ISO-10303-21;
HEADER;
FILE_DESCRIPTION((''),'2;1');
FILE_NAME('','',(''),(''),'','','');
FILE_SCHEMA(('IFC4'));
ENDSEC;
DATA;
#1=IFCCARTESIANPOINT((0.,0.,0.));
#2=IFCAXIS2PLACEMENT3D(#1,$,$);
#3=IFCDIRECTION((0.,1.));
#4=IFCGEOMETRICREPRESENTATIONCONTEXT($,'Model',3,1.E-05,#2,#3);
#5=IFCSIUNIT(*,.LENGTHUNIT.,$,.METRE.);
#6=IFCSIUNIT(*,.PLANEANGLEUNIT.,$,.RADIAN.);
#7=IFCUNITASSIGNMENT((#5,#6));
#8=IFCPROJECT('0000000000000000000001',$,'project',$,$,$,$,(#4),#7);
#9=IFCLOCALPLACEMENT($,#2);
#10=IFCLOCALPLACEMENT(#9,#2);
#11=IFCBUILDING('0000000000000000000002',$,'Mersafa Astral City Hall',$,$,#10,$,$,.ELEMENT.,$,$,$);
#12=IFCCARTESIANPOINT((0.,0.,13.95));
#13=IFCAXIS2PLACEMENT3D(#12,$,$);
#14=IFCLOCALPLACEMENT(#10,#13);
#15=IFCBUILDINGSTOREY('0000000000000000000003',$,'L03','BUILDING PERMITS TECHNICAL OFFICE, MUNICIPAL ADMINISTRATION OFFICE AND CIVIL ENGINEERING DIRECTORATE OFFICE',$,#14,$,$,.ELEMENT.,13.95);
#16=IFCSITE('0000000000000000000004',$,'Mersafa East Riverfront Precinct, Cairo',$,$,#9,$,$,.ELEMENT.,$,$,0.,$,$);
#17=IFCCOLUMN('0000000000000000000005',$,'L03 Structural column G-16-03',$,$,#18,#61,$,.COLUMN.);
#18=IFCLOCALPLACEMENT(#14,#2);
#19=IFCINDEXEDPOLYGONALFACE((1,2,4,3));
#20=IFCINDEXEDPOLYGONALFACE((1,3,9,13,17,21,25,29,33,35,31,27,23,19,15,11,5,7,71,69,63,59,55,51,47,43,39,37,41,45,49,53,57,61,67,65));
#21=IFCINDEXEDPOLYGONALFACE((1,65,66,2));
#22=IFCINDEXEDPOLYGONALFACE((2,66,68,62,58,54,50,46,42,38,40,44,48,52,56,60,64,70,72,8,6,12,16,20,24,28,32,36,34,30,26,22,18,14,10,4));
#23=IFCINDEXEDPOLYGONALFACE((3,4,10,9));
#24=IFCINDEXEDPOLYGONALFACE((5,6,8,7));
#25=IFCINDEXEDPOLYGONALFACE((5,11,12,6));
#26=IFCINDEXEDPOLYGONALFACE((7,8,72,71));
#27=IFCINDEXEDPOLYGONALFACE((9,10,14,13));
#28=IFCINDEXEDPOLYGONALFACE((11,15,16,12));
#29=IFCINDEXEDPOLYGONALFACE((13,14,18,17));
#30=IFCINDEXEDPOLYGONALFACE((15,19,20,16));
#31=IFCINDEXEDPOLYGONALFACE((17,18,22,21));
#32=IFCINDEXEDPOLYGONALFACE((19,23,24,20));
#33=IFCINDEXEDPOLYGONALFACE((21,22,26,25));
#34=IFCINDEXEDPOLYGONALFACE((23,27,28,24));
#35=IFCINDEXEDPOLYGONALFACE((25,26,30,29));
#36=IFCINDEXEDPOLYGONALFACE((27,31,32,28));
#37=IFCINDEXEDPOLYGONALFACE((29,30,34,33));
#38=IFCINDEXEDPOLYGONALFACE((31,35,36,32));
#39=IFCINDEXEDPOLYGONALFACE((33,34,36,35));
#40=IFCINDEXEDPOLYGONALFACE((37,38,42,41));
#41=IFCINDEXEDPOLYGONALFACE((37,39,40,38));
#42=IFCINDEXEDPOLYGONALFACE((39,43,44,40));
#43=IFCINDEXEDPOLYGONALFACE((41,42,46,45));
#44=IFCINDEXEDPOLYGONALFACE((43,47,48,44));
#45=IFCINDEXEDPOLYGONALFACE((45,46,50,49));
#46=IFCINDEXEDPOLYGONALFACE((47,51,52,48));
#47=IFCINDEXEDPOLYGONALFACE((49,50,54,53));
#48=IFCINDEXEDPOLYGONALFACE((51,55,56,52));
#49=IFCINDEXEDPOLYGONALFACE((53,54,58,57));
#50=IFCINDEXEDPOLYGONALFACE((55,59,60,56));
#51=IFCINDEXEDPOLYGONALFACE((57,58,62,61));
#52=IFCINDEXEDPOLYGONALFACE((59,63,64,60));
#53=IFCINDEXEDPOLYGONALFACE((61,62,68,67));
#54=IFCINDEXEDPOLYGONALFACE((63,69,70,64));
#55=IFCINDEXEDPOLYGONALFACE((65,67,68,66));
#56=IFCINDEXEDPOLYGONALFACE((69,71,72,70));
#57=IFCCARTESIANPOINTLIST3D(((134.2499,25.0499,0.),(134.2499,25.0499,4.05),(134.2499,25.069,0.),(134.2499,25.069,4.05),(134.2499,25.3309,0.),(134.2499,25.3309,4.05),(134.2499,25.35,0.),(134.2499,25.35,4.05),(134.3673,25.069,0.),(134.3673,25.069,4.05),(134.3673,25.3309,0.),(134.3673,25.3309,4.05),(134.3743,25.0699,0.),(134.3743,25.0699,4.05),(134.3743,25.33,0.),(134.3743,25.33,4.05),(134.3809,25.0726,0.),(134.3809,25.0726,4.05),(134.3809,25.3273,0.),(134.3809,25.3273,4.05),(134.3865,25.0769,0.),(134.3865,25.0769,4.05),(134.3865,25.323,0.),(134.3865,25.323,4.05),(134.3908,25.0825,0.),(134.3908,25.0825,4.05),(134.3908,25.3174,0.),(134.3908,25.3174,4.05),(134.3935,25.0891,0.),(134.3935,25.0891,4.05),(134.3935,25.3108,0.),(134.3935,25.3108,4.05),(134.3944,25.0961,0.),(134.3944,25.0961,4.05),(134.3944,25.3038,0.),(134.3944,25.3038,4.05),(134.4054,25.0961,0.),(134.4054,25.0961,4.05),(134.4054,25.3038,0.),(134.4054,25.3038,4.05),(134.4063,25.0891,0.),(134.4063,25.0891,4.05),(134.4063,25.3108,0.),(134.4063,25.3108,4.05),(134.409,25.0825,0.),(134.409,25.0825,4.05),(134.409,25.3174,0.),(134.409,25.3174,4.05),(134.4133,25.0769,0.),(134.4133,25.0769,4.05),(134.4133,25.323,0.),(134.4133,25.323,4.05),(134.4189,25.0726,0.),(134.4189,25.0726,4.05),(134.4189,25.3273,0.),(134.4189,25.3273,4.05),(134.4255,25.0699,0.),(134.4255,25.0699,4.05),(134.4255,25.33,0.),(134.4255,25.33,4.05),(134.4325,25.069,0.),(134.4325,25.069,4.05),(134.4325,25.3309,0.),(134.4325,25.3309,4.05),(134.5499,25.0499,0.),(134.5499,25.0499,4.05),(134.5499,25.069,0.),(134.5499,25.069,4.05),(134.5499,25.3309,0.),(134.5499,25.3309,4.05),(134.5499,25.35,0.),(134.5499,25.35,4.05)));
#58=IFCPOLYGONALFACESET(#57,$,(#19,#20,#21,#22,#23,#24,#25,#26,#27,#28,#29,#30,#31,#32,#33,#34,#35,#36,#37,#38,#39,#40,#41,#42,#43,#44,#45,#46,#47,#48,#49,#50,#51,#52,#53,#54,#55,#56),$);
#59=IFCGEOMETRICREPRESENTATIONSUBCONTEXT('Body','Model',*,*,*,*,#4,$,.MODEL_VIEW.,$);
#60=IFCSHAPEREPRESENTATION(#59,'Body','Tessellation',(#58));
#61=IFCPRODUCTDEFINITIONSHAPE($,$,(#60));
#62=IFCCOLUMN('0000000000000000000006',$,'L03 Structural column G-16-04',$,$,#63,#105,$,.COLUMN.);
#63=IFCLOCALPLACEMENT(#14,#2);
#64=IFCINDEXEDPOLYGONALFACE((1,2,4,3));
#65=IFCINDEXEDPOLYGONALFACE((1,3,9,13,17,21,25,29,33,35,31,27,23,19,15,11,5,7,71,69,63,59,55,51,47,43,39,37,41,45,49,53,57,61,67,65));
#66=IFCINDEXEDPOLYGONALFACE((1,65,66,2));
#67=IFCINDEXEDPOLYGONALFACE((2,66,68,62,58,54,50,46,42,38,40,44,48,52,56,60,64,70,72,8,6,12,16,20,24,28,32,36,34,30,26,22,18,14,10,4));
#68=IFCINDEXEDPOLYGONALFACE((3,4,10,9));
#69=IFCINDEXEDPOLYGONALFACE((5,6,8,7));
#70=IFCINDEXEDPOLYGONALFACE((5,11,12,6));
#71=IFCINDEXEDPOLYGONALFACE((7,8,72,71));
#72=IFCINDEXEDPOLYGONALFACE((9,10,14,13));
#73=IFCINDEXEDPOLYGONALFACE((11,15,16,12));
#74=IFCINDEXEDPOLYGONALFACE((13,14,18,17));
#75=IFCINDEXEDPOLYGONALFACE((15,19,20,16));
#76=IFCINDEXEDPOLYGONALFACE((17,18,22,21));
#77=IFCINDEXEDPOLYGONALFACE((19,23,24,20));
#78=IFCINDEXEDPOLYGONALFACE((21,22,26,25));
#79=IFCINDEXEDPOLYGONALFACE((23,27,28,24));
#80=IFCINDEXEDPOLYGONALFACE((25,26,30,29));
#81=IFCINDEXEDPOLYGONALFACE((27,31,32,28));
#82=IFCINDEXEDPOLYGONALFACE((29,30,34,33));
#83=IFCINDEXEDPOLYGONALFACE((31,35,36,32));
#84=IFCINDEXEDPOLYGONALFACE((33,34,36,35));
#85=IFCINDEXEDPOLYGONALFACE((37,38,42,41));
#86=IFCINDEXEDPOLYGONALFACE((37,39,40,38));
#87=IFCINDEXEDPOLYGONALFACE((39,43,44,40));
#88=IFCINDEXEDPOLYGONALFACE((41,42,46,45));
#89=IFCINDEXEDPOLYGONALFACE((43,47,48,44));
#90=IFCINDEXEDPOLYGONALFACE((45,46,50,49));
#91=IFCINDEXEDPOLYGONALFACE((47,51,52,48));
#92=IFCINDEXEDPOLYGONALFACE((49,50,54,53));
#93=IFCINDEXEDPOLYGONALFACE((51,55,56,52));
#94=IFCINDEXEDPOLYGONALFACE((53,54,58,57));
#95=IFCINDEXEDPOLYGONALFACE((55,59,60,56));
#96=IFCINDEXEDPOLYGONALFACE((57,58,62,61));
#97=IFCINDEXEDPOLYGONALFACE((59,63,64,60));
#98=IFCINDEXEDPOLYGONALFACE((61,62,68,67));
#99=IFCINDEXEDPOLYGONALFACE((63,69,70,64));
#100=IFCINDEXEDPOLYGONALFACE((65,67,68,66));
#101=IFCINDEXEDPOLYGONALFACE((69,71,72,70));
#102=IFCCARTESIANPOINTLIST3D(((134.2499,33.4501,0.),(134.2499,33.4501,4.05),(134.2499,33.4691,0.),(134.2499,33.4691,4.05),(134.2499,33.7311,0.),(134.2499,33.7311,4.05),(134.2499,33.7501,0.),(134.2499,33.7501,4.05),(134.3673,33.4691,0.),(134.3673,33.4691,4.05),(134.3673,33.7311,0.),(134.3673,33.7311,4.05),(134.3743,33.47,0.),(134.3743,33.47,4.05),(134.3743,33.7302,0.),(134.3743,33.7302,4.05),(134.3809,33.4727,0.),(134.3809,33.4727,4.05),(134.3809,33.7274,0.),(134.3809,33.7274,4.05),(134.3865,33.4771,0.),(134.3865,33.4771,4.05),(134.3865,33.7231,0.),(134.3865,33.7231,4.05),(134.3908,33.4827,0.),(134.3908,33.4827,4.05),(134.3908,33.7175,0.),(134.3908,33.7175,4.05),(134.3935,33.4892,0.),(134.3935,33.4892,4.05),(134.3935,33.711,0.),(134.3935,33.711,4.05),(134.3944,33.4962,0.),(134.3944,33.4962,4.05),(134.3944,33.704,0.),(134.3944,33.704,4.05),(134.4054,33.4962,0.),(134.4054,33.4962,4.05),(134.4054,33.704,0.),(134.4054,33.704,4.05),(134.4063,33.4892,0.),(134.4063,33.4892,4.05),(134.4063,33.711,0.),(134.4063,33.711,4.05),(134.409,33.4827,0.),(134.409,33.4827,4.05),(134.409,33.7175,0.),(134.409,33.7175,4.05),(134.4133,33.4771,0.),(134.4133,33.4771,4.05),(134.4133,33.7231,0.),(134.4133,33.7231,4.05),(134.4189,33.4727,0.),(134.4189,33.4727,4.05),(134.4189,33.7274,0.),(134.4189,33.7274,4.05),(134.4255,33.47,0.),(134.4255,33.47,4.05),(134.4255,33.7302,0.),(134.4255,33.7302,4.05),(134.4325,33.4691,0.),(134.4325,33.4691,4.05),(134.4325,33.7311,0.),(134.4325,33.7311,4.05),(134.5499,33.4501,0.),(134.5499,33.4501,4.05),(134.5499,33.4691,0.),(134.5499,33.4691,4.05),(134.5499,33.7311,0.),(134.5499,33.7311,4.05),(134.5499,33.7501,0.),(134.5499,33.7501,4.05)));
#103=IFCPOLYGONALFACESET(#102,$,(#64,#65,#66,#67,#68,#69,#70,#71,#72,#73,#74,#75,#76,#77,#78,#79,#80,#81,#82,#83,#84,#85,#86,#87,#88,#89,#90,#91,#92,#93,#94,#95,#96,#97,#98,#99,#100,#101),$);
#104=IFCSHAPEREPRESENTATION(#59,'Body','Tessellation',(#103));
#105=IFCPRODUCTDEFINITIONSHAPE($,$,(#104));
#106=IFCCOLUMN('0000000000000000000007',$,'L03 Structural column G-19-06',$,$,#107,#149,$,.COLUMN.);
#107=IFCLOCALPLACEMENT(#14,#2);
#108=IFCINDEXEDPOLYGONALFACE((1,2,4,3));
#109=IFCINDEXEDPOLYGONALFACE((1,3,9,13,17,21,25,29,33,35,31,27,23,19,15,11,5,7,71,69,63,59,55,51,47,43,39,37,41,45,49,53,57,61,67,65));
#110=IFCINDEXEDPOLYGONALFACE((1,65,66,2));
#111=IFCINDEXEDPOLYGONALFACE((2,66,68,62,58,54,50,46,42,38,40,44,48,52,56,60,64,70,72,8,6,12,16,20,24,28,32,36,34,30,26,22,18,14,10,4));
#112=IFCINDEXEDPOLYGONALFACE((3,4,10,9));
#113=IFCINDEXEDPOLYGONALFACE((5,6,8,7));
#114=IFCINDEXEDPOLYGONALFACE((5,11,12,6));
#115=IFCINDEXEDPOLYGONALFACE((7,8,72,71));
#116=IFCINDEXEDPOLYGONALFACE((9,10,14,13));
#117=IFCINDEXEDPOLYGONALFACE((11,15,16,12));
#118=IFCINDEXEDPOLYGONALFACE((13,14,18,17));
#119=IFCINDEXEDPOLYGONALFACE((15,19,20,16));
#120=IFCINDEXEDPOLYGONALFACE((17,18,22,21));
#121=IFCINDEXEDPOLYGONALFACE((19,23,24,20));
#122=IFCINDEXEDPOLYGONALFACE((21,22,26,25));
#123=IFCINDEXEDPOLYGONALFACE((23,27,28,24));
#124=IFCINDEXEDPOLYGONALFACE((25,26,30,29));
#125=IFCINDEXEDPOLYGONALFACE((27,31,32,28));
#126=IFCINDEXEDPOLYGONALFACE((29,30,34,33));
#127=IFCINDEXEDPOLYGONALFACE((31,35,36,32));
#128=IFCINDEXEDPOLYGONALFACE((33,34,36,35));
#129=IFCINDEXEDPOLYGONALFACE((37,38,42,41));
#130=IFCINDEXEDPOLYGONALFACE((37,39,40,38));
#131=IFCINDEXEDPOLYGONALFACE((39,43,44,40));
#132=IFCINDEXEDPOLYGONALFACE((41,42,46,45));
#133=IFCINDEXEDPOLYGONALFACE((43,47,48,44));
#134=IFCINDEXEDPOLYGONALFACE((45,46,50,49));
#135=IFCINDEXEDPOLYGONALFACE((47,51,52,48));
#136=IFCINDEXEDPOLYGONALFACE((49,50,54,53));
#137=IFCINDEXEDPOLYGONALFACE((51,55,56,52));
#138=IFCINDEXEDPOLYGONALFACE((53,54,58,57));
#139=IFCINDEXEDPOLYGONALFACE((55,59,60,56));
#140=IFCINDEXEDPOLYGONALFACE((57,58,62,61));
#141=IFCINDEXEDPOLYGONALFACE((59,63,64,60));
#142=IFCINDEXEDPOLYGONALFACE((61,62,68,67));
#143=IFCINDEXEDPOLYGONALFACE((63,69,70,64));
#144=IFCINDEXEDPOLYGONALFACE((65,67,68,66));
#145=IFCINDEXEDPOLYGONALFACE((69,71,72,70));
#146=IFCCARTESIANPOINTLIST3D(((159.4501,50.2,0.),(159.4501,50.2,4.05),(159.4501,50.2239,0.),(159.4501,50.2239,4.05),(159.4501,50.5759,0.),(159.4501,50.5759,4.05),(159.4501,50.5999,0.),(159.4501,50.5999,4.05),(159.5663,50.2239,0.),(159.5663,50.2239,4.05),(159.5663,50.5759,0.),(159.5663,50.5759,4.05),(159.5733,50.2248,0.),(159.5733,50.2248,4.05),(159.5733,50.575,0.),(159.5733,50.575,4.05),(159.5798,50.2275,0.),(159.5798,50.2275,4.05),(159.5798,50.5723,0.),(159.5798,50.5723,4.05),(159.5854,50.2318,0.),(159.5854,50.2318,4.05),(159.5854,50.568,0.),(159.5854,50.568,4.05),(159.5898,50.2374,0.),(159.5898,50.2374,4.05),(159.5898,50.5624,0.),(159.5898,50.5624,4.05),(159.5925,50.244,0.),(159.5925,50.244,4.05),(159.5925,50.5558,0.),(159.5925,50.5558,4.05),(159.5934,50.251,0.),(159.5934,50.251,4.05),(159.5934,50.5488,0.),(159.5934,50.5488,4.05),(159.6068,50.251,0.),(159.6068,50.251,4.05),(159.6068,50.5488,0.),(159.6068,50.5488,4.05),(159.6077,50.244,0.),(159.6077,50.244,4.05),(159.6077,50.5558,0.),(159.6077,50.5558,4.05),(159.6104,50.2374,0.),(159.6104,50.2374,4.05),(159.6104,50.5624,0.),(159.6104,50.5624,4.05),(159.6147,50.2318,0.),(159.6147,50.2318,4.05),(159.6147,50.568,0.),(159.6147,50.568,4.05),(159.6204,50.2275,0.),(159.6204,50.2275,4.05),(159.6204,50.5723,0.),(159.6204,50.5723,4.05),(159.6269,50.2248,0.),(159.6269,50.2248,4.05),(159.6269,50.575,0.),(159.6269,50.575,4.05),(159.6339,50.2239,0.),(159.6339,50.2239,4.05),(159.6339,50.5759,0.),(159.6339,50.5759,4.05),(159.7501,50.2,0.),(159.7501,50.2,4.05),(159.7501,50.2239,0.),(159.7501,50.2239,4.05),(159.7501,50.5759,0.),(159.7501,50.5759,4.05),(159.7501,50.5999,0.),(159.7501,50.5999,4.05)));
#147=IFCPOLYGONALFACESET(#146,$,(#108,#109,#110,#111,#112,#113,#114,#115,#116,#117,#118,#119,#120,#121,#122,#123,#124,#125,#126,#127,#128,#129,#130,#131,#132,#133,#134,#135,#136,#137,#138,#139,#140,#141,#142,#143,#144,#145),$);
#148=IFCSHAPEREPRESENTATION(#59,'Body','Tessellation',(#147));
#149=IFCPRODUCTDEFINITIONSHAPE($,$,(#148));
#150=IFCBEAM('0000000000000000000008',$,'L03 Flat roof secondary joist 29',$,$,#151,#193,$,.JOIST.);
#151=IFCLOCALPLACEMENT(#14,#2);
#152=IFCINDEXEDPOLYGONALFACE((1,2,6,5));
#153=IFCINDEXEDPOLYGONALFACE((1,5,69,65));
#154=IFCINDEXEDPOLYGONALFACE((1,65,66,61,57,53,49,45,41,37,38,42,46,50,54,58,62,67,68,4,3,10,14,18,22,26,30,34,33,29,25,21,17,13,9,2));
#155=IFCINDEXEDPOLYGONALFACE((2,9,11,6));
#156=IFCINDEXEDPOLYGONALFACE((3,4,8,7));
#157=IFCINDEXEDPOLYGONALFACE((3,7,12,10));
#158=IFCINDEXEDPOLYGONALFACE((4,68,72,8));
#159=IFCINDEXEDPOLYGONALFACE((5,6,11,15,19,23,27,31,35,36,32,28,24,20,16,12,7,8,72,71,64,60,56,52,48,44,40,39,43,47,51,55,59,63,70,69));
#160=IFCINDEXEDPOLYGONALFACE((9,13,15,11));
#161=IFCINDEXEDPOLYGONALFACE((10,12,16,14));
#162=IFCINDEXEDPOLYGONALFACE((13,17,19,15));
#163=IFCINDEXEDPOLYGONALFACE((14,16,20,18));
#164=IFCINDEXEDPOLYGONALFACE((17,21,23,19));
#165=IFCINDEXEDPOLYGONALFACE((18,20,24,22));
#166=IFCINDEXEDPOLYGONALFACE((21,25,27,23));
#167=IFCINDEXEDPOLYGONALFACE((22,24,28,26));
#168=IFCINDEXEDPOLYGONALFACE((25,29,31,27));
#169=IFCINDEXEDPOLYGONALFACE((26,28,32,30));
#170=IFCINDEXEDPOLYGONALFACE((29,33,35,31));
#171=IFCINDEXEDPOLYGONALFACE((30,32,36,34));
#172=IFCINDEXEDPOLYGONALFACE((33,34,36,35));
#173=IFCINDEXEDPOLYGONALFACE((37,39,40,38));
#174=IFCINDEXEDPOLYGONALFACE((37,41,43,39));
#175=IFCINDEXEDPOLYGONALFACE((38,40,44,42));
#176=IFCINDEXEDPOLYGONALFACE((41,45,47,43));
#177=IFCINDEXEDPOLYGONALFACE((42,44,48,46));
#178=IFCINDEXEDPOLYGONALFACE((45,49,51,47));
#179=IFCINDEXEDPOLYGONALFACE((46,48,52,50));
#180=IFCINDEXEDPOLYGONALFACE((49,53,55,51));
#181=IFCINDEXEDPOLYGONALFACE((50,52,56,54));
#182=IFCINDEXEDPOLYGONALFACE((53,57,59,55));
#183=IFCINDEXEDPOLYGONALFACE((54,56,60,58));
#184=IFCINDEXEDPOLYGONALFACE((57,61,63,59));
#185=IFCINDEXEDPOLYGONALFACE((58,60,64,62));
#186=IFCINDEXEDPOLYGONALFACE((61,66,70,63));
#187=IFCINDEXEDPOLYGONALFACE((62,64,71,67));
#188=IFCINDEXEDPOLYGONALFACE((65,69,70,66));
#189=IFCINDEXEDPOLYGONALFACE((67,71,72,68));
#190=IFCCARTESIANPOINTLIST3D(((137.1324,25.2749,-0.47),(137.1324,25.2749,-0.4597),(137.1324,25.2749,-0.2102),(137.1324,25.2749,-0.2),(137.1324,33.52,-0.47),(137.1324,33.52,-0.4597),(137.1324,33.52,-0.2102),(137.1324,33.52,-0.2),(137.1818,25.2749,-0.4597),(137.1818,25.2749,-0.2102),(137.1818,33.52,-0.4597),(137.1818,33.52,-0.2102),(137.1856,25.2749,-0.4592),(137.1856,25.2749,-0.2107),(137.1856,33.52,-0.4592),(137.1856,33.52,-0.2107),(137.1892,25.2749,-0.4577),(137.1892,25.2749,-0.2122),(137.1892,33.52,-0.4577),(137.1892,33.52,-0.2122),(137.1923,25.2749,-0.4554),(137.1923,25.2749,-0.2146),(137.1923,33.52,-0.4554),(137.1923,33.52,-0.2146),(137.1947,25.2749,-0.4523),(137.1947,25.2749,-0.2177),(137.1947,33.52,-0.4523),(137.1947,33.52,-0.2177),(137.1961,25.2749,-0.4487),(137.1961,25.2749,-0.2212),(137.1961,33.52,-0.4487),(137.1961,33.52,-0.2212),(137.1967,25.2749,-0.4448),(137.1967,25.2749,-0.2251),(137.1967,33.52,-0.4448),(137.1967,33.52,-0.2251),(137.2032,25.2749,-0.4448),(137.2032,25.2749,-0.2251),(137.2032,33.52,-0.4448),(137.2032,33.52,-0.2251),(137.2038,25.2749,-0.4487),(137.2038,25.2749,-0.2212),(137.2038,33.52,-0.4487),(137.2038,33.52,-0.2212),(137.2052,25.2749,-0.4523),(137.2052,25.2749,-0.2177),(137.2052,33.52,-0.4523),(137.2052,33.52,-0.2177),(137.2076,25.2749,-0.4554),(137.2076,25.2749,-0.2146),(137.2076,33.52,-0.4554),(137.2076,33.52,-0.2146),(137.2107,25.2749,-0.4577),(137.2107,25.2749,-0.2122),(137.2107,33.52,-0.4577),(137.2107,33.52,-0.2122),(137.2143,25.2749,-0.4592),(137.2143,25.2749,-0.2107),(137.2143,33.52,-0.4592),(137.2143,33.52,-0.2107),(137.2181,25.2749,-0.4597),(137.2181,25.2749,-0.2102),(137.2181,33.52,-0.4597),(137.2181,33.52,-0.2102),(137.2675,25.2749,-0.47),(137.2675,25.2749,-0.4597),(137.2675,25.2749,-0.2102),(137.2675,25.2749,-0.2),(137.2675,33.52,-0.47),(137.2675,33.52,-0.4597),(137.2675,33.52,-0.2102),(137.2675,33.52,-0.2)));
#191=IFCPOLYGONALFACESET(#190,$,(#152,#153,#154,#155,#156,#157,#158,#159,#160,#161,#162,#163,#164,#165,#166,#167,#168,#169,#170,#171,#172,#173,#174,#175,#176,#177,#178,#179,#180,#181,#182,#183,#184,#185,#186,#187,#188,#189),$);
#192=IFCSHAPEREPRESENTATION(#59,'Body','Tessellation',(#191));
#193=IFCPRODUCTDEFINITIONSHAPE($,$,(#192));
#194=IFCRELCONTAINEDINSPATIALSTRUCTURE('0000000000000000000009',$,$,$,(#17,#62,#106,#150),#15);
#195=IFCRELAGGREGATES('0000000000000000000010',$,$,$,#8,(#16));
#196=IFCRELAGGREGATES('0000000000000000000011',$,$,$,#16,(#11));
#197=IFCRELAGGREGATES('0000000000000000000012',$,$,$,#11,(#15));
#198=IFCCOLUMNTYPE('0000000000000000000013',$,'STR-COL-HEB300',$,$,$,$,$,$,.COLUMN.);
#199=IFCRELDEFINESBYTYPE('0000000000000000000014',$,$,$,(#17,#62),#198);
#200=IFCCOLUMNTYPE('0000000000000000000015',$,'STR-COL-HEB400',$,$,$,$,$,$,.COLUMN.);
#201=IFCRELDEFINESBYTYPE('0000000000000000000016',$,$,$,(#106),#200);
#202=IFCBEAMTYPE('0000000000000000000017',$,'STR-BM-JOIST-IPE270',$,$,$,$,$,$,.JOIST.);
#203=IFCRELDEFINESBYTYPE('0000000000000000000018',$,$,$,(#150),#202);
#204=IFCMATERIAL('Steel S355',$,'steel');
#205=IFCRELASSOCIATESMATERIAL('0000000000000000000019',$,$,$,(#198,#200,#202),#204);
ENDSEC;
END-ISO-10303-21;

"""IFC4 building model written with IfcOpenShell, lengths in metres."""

from ifc_helpers import new_model, si_unit, direction, frame, origin, origin_2d, place, context, subcontext, project, spatial, i_section, extrude, material, material_profile, profile_set, type_object, element, save


model = new_model("IFC4")

# Units and contexts
model_context = context("Model", 3, precision=1e-05, world=origin(), true_north=direction((0.0, 1.0)))
body_context = subcontext(model_context, "Body", "Model", "MODEL_VIEW")
ifc_project = project(units=[si_unit("LENGTHUNIT", "METRE"), si_unit("PLANEANGLEUNIT", "RADIAN")], contexts=[model_context])

# Site, building, storey
site_placement = place(None, origin())
site = spatial("IfcSite", under=ifc_project, at=site_placement, Name="Mersafa East Riverfront Precinct, Cairo", CompositionType="ELEMENT", RefElevation=0.0)
building_placement = place(site_placement, origin())
building = spatial("IfcBuilding", under=site, at=building_placement, Name="Mersafa Astral City Hall", CompositionType="ELEMENT")
storey_placement = place(building_placement, frame((0.0, 0.0, 13.95)))
storey = spatial("IfcBuildingStorey", under=building, at=storey_placement, Name="L03", Description="BUILDING PERMITS TECHNICAL OFFICE, MUNICIPAL ADMINISTRATION OFFICE AND CIVIL ENGINEERING DIRECTORATE OFFICE", CompositionType="ELEMENT", Elevation=13.95)

# Columns
ifc_material_1 = material(Name="Steel S355", Category="steel")
ifc_material_profile_1 = material_profile(ifc_material_1, i_section(OverallWidth=0.3, OverallDepth=0.3, WebThickness=0.011, FlangeThickness=0.019, FilletRadius=0.0271, at=origin_2d()), Name="HEB 300")
ifc_profile_set_1 = profile_set([ifc_material_profile_1], Name="Steel S355")
column_type_1 = type_object("IfcColumnType", Name="STR-COL-HEB300", PredefinedType="COLUMN", material=ifc_profile_set_1)
for number, where, z_axis, x_axis, name in (
    (1, (134.3999, 25.2, 0.0), (0.0, 0.0, 1.0), (1.0, 0.0, 0.0), "L03 Structural column G-16-03"),
    (2, (134.3999, 33.6001, 0.0), (0.0, 0.0, 1.0), (1.0, 0.0, 0.0), "L03 Structural column G-16-04"),
):
    element("IfcColumn", number, at=place(storey_placement, frame(where, z_axis=z_axis, x_axis=x_axis)), inside=storey, type_object=column_type_1, Name=name, PredefinedType="COLUMN", context=body_context, shape_type="SweptSolid", body=[
        extrude(i_section(OverallWidth=0.3, OverallDepth=0.3, WebThickness=0.011, FlangeThickness=0.019, FilletRadius=0.0271, at=origin_2d()), origin(), (0.0, 0.0, 1.0), 4.05),
    ])
ifc_material_profile_2 = material_profile(ifc_material_1, i_section(OverallWidth=0.3, OverallDepth=0.3999, WebThickness=0.0134, FlangeThickness=0.0239, FilletRadius=0.0271, at=origin_2d()), Name="HEB 400")
ifc_profile_set_2 = profile_set([ifc_material_profile_2], Name="Steel S355")
column_type_2 = type_object("IfcColumnType", Name="STR-COL-HEB400", PredefinedType="COLUMN", material=ifc_profile_set_2)
column_placement = place(storey_placement, frame((159.6001, 50.3999, 0.0), z_axis=(0.0, 0.0, 1.0), x_axis=(1.0, 0.0, 0.0)))
element("IfcColumn", 3, at=column_placement, inside=storey, type_object=column_type_2, Name="L03 Structural column G-19-06", PredefinedType="COLUMN", context=body_context, shape_type="SweptSolid", body=[
    extrude(i_section(OverallWidth=0.3, OverallDepth=0.3999, WebThickness=0.0134, FlangeThickness=0.0239, FilletRadius=0.0271, at=origin_2d()), origin(), (0.0, 0.0, 1.0), 4.05),
])

# Beam
ifc_material_profile_3 = material_profile(ifc_material_1, i_section(OverallWidth=0.135, OverallDepth=0.27, WebThickness=0.0066, FlangeThickness=0.0103, FilletRadius=0.0149, at=origin_2d()), Name="IPE 270")
ifc_profile_set_3 = profile_set([ifc_material_profile_3], Name="Steel S355")
beam_type_1 = type_object("IfcBeamType", Name="STR-BM-JOIST-IPE270", PredefinedType="JOIST", material=ifc_profile_set_3)
for number, where, z_axis, x_axis, name in (
    (4, (137.2, 25.2749, -0.335), (0.0, 1.0, 0.0), (-1.0, 0.0, 0.0), "L03 Flat roof secondary joist 29"),
):
    element("IfcBeam", number, at=place(storey_placement, frame(where, z_axis=z_axis, x_axis=x_axis)), inside=storey, type_object=beam_type_1, Name=name, PredefinedType="JOIST", context=body_context, shape_type="SweptSolid", body=[
        extrude(i_section(OverallWidth=0.135, OverallDepth=0.27, WebThickness=0.0066, FlangeThickness=0.0103, FilletRadius=0.0149, at=origin_2d()), origin(), (0.0, 0.0, 1.0), 8.2451),
    ])

save(model, "model.ifc")
